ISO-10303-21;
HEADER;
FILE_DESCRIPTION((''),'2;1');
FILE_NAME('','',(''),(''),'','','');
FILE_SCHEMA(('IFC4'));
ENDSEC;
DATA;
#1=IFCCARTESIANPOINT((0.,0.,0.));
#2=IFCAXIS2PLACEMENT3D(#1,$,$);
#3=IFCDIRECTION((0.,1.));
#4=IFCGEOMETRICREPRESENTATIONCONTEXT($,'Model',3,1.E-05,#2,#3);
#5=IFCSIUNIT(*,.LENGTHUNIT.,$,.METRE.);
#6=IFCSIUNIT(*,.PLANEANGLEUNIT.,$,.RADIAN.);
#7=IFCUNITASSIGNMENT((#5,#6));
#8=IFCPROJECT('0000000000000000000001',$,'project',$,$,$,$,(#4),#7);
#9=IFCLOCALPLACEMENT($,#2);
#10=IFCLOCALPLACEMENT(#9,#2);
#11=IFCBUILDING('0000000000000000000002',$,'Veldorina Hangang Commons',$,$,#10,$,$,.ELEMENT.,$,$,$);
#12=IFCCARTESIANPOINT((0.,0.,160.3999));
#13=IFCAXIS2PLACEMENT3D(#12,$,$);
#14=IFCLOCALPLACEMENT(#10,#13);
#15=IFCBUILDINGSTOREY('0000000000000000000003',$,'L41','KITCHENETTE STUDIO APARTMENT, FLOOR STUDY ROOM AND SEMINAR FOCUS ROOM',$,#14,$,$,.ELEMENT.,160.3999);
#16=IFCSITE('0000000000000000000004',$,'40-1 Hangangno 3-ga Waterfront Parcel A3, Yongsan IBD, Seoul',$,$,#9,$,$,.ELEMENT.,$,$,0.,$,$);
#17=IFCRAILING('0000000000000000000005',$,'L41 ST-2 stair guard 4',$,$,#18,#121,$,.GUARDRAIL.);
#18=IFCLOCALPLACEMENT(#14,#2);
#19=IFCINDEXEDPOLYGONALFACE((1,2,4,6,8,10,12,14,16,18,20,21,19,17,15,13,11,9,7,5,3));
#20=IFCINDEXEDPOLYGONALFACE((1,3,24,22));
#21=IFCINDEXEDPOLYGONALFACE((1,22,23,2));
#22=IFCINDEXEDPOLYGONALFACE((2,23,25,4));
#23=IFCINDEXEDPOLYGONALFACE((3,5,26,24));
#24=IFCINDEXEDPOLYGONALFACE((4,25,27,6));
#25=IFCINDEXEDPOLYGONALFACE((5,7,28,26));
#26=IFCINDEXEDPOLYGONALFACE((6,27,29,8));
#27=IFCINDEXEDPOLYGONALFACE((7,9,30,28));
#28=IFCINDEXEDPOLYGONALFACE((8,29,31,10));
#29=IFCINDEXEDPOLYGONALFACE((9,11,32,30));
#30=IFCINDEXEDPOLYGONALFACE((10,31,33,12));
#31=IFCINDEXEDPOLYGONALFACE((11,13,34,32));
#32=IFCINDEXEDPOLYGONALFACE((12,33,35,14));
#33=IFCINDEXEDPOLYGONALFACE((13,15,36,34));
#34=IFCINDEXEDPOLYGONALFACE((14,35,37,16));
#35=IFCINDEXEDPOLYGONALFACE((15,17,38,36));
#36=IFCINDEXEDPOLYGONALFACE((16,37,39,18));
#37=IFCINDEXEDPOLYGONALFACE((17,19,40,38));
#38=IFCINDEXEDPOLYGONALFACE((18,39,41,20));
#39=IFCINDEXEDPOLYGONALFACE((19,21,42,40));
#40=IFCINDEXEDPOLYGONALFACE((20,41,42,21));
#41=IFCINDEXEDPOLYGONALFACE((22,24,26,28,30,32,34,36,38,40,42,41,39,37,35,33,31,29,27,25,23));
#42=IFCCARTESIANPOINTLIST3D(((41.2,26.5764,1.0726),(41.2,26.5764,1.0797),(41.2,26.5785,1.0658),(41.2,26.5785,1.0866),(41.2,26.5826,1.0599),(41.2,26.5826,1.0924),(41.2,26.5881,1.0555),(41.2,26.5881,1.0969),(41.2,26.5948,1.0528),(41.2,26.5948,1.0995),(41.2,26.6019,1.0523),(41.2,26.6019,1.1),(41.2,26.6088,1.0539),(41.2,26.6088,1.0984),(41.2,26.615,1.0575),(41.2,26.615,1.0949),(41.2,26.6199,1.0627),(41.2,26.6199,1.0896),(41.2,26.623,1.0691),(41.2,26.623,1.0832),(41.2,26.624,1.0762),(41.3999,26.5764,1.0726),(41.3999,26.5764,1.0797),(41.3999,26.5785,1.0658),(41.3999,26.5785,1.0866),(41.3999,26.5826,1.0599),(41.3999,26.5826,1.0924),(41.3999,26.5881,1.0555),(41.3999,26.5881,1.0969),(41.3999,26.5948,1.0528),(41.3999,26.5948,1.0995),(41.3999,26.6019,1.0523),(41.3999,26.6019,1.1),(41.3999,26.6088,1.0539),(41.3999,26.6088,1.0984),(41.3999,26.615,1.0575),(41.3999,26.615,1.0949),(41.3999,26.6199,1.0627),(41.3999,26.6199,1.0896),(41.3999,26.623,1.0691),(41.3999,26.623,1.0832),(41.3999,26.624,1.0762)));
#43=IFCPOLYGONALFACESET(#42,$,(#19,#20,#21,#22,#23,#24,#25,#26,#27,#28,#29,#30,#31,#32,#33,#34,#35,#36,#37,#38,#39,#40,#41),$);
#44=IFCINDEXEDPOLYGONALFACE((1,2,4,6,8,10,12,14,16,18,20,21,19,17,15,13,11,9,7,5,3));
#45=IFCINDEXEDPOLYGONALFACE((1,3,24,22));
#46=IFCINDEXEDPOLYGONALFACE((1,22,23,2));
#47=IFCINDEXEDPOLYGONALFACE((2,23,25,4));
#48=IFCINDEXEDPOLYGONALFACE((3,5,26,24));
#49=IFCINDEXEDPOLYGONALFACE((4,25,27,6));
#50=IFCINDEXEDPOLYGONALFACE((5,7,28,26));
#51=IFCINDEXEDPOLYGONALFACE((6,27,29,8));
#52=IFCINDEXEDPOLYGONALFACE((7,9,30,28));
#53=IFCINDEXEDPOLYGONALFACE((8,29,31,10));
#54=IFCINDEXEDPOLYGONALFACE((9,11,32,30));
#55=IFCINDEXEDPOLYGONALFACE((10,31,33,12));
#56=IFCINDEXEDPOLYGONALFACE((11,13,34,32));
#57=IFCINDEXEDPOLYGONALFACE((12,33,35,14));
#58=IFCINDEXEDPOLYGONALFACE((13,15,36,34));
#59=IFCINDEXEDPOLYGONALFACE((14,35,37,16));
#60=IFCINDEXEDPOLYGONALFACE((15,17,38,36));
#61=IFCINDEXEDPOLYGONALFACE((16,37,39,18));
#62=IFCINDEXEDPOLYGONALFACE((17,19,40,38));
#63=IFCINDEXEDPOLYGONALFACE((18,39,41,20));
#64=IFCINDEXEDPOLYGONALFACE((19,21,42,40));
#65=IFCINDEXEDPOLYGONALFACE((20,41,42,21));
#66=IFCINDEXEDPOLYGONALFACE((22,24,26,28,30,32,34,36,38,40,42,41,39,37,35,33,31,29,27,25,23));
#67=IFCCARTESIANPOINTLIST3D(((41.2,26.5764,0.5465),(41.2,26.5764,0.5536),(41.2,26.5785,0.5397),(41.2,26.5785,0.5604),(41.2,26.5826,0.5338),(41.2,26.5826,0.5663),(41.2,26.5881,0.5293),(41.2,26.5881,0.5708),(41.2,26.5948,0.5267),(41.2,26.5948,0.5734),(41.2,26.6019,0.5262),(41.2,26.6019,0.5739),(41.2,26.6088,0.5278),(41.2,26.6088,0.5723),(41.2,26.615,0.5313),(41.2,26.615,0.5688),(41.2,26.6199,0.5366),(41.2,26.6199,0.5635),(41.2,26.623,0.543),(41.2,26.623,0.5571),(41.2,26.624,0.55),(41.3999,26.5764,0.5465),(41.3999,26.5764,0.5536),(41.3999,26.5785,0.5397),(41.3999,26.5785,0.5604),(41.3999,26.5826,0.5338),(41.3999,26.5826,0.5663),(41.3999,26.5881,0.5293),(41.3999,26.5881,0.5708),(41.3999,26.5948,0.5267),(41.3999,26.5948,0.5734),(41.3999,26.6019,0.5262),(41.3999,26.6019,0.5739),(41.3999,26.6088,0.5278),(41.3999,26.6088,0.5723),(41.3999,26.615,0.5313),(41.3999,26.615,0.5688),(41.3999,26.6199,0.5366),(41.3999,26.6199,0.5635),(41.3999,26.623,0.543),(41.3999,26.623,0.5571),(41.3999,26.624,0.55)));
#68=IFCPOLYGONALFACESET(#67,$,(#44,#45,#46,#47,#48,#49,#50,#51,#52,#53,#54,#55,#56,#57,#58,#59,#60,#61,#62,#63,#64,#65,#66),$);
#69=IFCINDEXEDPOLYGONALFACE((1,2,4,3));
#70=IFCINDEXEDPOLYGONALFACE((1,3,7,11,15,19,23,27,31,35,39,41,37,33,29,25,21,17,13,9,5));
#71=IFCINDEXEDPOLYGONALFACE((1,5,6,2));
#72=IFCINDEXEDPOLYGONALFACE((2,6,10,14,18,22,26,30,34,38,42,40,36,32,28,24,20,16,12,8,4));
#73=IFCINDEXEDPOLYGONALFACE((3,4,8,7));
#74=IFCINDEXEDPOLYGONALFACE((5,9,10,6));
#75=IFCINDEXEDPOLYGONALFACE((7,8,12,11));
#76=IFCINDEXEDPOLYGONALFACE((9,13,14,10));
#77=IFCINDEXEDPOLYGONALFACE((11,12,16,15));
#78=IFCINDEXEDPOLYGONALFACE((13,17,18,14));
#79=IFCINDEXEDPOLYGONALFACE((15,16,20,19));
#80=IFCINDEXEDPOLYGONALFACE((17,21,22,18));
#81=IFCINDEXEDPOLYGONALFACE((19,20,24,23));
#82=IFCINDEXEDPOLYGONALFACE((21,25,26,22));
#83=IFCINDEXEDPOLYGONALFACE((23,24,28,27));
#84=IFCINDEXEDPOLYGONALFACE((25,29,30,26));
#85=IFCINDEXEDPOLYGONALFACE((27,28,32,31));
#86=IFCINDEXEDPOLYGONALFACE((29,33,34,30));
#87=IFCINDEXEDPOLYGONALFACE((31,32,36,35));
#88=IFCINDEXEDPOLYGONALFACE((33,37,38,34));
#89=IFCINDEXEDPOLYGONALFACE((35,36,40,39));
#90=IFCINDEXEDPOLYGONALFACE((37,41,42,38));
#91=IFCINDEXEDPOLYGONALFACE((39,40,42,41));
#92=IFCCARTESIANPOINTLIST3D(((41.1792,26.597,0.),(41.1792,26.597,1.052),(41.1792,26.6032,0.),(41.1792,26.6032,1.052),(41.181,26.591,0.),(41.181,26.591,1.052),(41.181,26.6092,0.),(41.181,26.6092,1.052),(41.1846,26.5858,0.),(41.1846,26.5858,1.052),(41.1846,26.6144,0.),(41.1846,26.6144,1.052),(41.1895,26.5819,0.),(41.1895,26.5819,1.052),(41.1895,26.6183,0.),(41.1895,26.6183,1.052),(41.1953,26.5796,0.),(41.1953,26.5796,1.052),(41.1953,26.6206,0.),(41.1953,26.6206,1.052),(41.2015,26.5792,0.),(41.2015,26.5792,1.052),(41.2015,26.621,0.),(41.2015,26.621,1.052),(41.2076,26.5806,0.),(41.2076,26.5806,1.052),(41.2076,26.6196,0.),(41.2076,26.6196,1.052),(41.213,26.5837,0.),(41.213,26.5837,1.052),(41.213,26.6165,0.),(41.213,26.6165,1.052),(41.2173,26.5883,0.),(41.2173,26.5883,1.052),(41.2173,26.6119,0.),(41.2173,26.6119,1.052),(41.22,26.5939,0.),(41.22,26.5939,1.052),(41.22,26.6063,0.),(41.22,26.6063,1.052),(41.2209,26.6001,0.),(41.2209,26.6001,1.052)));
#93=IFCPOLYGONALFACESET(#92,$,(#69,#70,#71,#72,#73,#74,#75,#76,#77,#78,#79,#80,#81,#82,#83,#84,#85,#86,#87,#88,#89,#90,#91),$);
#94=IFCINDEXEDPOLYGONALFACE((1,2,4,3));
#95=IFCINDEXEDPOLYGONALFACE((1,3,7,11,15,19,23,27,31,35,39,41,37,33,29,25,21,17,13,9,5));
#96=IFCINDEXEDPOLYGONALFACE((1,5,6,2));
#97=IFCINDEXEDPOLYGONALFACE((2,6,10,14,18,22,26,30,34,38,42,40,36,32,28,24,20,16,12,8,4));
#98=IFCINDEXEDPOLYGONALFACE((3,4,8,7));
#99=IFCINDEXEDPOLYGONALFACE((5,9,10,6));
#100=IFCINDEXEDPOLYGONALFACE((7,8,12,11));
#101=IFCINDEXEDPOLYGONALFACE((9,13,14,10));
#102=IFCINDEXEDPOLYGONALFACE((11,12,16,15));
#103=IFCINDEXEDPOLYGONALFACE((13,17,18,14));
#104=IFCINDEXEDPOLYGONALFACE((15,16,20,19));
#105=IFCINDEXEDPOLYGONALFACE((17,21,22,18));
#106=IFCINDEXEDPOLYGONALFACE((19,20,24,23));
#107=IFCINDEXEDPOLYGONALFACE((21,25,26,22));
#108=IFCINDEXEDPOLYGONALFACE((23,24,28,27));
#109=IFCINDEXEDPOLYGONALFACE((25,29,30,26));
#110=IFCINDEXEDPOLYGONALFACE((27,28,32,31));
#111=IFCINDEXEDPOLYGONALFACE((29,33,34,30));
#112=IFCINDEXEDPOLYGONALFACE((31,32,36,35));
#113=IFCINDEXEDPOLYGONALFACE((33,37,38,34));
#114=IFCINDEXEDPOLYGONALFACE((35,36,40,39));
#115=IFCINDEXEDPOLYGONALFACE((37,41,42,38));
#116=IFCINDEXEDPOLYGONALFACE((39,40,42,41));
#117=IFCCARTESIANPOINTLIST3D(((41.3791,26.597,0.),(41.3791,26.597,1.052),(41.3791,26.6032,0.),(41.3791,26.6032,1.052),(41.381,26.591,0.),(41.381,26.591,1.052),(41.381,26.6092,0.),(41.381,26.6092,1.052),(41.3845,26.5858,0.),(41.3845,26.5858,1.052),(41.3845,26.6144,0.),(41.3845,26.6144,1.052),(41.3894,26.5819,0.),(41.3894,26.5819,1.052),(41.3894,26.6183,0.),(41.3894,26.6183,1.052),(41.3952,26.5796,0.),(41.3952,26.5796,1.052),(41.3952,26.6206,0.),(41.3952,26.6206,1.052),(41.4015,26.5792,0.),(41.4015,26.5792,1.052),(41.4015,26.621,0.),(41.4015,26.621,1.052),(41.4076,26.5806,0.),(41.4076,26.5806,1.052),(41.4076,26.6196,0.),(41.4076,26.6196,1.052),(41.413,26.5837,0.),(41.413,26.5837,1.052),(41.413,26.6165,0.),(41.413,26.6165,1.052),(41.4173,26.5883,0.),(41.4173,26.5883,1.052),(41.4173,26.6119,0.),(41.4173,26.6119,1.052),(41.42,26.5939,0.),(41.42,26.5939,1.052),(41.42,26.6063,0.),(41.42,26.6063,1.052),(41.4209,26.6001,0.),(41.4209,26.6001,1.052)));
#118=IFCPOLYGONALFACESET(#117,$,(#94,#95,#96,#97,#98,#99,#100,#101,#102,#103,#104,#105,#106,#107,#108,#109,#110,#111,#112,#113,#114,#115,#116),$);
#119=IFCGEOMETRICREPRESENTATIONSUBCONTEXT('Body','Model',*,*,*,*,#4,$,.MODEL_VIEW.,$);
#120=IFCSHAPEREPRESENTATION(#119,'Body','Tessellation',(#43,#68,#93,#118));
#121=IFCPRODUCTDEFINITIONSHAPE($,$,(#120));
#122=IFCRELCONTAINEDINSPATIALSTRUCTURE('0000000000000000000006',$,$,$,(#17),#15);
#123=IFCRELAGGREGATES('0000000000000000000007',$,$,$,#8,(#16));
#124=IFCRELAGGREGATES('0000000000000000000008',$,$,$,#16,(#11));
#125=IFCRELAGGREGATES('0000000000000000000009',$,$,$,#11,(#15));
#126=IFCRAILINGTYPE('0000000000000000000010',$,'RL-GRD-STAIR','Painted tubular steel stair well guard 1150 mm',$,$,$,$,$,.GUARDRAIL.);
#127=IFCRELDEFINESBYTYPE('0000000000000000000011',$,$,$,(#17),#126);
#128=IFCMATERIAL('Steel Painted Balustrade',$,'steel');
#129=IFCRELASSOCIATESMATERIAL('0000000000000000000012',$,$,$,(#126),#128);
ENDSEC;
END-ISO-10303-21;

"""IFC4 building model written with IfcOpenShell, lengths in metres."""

from ifc_helpers import new_model, si_unit, direction, frame, origin, origin_2d, place, context, subcontext, project, spatial, circle, extrude, material, type_object, element, save


model = new_model("IFC4")

# Units and contexts
model_context = context("Model", 3, precision=1e-05, world=origin(), true_north=direction((0.0, 1.0)))
body_context = subcontext(model_context, "Body", "Model", "MODEL_VIEW")
ifc_project = project(units=[si_unit("LENGTHUNIT", "METRE"), si_unit("PLANEANGLEUNIT", "RADIAN")], contexts=[model_context])

# Site, building, storey
site_placement = place(None, origin())
site = spatial("IfcSite", under=ifc_project, at=site_placement, Name="40-1 Hangangno 3-ga Waterfront Parcel A3, Yongsan IBD, Seoul", CompositionType="ELEMENT", RefElevation=0.0)
building_placement = place(site_placement, origin())
building = spatial("IfcBuilding", under=site, at=building_placement, Name="Veldorina Hangang Commons", CompositionType="ELEMENT")
storey_placement = place(building_placement, frame((0.0, 0.0, 160.3999)))
storey = spatial("IfcBuildingStorey", under=building, at=storey_placement, Name="L41", Description="KITCHENETTE STUDIO APARTMENT, FLOOR STUDY ROOM AND SEMINAR FOCUS ROOM", CompositionType="ELEMENT", Elevation=160.3999)

# Railing
ifc_material_1 = material(Name="Steel Painted Balustrade", Category="steel")
railing_type_1 = type_object("IfcRailingType", Name="RL-GRD-STAIR", Description="Painted tubular steel stair well guard 1150 mm", PredefinedType="GUARDRAIL", material=ifc_material_1)
railing_1_placement = place(storey_placement, frame((41.2, 26.6001, 0.0)))
element("IfcRailing", 1, at=railing_1_placement, inside=storey, type_object=railing_type_1, Name="L41 ST-2 stair guard 4", PredefinedType="GUARDRAIL", context=body_context, shape_type="SweptSolid", body=[
    extrude(circle(Radius=0.0239, at=origin_2d()), frame((0.0, 0.0, 1.0762), z_axis=(1.0, 0.0, 0.0), x_axis=(0.0, 1.0, 0.0)), (0.0, 0.0, 1.0), 0.2),
    extrude(circle(Radius=0.0239, at=origin_2d()), frame((0.0, 0.0, 0.55), z_axis=(1.0, 0.0, 0.0), x_axis=(0.0, 1.0, 0.0)), (0.0, 0.0, 1.0), 0.2),
    extrude(circle(Radius=0.021, at=origin_2d()), origin(), (0.0, 0.0, 1.0), 1.052),
    extrude(circle(Radius=0.021, at=origin_2d()), frame((0.2, 0.0, 0.0)), (0.0, 0.0, 1.0), 1.052),
])

save(model, "model.ifc")
